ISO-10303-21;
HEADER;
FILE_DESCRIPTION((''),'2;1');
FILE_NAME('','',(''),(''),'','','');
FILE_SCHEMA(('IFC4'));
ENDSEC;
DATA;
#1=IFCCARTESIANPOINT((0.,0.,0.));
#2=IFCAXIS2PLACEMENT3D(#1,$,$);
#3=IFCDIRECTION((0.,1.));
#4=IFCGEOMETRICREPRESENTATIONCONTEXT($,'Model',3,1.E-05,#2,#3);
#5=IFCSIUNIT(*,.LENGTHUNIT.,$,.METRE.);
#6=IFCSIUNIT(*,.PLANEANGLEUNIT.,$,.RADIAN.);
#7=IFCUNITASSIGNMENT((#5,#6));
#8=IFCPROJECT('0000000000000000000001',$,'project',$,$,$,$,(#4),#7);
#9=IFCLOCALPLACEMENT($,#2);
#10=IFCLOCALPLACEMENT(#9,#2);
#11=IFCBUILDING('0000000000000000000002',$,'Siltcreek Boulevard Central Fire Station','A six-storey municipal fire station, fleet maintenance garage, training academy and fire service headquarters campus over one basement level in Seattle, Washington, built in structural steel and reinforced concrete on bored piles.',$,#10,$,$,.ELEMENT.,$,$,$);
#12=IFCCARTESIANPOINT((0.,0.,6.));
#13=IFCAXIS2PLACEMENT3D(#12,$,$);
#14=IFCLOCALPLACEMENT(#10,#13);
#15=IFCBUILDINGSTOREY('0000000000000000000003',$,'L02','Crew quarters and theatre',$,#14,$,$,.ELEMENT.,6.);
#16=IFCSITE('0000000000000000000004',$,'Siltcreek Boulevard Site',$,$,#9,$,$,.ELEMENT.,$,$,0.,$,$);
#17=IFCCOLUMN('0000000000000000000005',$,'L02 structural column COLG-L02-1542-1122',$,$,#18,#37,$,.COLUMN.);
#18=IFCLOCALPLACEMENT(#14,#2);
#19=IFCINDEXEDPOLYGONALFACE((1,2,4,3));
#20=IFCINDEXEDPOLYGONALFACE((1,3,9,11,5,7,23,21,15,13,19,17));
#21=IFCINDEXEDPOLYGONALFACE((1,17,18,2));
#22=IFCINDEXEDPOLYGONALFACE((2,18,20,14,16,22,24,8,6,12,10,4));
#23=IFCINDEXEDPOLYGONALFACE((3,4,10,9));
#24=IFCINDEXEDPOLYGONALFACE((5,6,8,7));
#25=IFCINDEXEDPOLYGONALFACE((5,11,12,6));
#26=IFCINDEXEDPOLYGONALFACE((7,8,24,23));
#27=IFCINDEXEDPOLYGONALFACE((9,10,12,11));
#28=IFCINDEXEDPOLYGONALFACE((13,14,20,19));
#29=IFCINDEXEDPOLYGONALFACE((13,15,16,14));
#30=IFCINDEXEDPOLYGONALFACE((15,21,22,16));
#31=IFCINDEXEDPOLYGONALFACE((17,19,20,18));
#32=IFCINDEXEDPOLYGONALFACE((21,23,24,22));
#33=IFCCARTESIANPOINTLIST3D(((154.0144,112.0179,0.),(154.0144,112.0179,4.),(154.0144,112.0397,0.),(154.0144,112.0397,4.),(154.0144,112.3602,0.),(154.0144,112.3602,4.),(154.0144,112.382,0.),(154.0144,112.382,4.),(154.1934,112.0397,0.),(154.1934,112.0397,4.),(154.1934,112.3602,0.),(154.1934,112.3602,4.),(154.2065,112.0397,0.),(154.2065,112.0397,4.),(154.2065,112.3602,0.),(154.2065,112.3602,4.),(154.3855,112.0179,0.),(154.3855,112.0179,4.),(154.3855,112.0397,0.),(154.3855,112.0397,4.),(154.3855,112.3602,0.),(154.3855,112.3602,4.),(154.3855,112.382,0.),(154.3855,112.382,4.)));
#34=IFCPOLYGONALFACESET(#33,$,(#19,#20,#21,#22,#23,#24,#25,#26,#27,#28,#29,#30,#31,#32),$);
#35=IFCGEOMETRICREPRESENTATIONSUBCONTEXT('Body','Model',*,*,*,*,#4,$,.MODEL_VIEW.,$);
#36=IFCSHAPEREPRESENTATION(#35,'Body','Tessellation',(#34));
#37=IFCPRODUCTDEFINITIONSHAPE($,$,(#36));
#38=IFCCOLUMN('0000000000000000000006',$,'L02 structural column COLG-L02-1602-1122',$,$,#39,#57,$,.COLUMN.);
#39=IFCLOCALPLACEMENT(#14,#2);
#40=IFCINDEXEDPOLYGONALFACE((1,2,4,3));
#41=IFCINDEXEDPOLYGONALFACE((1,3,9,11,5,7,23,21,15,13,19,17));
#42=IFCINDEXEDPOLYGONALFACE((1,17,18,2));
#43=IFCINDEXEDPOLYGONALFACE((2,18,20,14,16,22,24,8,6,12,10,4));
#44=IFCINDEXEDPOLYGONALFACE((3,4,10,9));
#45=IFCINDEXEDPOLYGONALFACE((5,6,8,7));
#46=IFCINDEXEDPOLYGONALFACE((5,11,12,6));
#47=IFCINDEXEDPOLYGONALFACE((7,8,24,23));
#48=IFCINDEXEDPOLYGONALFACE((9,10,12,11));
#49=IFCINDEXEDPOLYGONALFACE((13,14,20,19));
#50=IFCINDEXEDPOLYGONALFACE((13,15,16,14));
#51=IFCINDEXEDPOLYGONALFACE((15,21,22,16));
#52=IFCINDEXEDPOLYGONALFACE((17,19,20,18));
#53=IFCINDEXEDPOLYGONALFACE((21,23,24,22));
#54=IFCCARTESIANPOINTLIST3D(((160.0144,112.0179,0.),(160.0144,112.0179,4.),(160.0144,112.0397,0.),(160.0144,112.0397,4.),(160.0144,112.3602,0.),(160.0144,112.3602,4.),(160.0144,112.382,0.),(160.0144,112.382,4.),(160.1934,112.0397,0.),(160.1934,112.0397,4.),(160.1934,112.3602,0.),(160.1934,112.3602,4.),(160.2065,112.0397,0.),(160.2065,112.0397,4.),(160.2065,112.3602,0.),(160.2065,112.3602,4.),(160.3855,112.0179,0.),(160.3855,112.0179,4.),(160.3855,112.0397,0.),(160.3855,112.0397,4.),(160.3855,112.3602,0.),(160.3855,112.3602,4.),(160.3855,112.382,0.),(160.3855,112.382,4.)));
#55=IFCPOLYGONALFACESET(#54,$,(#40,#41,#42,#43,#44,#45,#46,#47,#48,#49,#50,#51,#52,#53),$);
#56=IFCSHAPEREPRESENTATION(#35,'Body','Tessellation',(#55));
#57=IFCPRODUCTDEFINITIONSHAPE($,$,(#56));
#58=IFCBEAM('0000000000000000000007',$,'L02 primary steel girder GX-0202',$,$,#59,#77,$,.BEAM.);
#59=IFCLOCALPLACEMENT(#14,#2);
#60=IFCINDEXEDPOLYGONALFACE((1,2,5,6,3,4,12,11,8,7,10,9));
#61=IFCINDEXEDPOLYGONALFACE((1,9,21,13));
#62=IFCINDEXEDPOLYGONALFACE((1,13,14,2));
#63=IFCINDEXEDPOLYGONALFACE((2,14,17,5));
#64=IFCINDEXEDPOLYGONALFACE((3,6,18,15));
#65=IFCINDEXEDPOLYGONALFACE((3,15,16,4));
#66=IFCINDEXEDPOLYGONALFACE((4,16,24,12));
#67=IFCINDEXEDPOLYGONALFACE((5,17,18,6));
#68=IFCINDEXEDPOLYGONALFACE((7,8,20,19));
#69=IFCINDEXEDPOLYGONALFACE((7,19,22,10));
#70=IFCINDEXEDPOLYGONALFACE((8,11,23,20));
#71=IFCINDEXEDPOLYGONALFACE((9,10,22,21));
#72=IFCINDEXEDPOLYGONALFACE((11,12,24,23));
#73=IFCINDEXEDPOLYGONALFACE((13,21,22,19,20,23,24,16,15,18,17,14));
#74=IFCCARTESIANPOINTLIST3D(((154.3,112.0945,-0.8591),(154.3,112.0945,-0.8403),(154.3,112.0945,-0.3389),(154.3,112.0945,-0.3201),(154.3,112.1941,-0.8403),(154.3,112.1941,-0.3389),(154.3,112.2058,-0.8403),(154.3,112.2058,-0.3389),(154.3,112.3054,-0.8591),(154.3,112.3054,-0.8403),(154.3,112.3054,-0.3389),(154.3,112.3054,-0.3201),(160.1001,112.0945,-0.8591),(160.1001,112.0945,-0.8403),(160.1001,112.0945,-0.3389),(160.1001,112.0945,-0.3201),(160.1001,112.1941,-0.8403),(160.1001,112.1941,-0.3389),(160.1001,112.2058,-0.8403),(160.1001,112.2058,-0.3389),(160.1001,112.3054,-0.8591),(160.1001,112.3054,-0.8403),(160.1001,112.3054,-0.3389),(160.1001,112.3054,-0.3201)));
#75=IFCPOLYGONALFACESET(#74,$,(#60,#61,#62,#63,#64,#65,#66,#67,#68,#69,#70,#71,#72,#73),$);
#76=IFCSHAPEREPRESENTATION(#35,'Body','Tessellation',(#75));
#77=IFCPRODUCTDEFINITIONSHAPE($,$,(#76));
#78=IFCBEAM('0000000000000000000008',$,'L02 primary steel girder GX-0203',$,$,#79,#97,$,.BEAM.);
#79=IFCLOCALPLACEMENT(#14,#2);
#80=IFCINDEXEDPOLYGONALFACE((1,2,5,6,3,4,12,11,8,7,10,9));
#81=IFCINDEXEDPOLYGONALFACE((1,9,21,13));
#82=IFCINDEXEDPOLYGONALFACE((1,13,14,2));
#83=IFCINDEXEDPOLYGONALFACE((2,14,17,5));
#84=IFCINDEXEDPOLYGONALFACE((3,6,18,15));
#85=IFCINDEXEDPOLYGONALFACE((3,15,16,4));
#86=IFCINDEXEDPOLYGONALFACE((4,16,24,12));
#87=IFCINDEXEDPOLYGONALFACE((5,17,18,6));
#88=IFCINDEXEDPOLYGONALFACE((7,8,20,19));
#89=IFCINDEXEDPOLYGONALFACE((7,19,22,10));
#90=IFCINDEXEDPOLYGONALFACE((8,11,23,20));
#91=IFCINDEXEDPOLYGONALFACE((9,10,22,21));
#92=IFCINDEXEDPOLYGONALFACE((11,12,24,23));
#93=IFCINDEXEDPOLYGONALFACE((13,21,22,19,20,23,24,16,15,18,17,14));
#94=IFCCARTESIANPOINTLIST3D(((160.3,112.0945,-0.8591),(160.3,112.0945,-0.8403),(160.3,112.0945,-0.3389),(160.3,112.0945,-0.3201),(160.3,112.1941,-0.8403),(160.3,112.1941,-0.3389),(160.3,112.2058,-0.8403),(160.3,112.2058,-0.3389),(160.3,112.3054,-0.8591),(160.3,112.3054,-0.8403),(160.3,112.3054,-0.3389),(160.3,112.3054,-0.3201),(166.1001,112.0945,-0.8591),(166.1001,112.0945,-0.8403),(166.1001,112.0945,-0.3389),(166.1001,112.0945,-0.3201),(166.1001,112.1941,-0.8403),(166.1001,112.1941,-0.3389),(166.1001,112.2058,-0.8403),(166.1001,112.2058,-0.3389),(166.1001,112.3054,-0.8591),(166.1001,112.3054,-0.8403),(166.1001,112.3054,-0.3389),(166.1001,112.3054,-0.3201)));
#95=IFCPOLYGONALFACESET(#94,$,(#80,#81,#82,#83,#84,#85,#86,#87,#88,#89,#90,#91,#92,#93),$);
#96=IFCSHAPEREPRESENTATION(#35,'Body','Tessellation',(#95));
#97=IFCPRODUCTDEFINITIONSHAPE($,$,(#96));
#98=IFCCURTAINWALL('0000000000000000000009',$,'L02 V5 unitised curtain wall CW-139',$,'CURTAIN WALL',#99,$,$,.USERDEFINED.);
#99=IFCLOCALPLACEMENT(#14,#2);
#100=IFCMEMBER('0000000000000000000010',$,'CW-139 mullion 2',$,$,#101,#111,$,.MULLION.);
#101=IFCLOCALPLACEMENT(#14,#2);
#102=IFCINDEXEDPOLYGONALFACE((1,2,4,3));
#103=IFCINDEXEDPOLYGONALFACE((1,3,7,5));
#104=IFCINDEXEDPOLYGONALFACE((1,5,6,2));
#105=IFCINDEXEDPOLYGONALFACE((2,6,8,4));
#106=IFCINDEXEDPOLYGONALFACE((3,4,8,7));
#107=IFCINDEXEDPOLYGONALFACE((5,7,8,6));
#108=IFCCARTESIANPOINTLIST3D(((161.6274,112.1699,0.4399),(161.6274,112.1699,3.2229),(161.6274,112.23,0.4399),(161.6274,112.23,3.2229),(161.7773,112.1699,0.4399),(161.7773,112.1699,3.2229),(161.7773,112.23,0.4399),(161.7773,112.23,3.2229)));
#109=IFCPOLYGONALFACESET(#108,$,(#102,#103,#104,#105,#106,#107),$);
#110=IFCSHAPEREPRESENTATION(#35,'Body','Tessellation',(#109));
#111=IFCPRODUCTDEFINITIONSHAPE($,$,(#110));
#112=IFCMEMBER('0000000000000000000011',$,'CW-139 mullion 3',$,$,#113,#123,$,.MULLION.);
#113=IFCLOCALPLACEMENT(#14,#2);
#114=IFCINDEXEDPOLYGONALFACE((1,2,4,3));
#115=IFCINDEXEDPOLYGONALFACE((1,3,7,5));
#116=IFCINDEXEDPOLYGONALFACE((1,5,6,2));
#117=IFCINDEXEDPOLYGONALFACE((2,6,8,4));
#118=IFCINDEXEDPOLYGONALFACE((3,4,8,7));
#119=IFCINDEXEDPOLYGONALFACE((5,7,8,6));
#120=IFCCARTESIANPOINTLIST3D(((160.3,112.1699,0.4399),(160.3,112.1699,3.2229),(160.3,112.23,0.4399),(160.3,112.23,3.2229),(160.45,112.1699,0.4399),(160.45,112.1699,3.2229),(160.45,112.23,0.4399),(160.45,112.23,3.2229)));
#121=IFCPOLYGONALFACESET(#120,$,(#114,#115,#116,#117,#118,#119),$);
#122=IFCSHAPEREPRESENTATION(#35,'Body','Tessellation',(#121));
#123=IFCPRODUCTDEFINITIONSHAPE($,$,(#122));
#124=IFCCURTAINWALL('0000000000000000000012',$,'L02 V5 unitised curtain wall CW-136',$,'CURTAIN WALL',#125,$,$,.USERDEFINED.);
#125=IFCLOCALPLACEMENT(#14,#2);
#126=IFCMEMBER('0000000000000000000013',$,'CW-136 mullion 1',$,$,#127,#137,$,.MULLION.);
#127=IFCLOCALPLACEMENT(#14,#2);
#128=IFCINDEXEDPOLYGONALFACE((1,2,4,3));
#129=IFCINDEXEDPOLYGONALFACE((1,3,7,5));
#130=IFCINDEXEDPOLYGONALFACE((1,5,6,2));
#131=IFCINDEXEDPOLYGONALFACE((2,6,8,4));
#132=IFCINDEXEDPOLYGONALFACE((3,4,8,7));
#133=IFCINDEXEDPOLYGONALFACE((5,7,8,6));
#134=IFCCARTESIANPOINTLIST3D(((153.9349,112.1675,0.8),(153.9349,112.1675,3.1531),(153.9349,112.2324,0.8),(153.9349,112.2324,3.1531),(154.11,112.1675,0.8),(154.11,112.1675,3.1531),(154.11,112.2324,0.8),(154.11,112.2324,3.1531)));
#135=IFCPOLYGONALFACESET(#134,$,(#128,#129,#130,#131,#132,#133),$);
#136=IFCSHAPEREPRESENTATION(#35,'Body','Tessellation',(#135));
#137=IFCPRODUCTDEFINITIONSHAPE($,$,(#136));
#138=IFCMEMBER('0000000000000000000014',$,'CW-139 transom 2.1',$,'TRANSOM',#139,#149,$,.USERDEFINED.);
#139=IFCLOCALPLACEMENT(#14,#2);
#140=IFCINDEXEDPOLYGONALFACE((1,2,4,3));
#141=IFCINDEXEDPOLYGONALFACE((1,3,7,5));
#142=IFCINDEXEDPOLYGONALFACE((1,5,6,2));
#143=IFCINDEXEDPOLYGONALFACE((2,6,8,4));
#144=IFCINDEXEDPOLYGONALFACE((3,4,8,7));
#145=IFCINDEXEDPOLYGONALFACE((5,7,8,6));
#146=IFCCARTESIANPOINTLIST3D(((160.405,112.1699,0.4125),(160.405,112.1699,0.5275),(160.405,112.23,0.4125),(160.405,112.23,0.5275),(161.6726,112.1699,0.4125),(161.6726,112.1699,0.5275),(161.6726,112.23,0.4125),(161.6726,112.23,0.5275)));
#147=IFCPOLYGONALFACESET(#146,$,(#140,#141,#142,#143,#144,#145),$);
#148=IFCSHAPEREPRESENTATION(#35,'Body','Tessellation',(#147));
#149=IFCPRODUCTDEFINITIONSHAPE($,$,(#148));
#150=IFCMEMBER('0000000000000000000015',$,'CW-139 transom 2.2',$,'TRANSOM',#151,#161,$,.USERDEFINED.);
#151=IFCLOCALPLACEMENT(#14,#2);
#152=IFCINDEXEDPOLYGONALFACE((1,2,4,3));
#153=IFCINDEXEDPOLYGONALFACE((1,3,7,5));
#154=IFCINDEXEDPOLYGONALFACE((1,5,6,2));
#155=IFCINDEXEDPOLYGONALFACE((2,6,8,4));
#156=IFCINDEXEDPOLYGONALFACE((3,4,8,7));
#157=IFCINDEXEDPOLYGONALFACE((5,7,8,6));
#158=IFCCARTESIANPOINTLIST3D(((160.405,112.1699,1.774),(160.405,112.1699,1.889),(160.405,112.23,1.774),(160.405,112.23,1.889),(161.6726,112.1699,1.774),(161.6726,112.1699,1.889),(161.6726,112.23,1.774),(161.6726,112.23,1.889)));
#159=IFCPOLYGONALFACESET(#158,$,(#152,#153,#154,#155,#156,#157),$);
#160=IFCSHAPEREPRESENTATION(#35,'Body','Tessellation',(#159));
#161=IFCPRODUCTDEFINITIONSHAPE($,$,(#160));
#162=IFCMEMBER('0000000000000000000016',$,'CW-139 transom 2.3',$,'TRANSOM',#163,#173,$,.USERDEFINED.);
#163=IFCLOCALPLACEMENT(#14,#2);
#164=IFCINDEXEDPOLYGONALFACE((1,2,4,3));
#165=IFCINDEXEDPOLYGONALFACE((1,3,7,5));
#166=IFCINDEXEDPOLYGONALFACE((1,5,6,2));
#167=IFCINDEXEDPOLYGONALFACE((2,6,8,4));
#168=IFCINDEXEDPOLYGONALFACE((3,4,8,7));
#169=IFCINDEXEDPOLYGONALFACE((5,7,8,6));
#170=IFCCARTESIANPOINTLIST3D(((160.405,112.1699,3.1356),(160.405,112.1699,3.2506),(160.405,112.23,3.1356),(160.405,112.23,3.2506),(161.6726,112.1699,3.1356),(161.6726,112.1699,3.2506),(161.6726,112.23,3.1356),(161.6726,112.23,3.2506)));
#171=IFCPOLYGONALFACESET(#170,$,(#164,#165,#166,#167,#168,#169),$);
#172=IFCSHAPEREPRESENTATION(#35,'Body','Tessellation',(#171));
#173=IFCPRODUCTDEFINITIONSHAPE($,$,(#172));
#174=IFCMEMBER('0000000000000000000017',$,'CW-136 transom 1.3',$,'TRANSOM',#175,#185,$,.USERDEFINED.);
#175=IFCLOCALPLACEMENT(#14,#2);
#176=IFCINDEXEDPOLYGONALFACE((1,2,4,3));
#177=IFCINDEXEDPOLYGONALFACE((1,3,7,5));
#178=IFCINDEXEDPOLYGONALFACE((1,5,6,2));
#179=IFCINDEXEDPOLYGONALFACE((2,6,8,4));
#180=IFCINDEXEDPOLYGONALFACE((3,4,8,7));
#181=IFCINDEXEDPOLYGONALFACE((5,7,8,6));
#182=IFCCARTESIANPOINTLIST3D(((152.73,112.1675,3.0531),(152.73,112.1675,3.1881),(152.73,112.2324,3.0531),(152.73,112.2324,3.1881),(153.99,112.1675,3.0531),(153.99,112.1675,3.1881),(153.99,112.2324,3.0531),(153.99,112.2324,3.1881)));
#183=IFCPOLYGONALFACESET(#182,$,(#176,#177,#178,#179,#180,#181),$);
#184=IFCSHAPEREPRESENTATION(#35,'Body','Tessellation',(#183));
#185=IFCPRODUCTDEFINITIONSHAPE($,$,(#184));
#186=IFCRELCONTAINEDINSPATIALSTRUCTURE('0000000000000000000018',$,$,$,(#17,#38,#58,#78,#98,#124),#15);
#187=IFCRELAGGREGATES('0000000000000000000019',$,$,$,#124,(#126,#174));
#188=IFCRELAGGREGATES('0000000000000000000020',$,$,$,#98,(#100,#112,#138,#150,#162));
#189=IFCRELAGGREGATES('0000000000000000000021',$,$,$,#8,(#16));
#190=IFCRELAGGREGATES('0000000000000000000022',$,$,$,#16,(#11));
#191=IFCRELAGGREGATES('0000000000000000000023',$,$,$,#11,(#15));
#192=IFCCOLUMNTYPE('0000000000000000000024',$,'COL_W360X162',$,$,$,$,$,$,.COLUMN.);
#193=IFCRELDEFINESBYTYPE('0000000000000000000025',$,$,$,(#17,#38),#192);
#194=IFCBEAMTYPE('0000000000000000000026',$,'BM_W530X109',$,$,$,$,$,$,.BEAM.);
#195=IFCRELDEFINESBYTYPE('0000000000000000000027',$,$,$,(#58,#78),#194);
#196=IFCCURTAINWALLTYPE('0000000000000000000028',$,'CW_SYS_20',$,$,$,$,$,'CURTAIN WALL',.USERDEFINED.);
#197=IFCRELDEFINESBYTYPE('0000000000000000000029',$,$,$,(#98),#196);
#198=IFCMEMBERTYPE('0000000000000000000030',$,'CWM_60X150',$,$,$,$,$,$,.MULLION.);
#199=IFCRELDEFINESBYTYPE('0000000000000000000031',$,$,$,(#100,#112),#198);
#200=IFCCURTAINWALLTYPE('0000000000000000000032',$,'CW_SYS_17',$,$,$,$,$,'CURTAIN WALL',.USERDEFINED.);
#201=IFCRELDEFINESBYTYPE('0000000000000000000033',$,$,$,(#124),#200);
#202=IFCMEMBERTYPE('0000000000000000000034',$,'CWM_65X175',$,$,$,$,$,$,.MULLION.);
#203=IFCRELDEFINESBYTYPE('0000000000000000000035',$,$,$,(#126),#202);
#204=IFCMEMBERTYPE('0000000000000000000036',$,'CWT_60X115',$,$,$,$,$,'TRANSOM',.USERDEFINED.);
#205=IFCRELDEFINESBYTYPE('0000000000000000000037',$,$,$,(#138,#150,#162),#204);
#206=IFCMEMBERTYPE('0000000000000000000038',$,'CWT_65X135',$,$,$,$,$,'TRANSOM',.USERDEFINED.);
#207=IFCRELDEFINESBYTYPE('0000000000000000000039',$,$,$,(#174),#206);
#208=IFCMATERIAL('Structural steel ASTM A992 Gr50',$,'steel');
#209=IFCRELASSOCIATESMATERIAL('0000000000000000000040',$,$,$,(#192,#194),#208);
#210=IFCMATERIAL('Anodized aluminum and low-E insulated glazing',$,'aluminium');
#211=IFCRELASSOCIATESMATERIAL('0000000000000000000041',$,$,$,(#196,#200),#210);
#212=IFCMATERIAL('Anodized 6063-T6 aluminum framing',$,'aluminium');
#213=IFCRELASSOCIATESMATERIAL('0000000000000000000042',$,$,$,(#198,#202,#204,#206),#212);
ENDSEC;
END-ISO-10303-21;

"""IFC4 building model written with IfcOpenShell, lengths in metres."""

from ifc_helpers import new_model, si_unit, direction, frame, origin, origin_2d, place, context, subcontext, project, spatial, rectangle, i_section, extrude, material, material_profile, profile_set, type_object, element, aggregate, save


model = new_model("IFC4")

# Units and contexts
model_context = context("Model", 3, precision=1e-05, world=origin(), true_north=direction((0.0, 1.0)))
body_context = subcontext(model_context, "Body", "Model", "MODEL_VIEW")
ifc_project = project(units=[si_unit("LENGTHUNIT", "METRE"), si_unit("PLANEANGLEUNIT", "RADIAN")], contexts=[model_context])

# Site, building, storey
site_placement = place(None, origin())
site = spatial("IfcSite", under=ifc_project, at=site_placement, Name="Siltcreek Boulevard Site", CompositionType="ELEMENT", RefElevation=0.0)
building_placement = place(site_placement, origin())
building = spatial("IfcBuilding", under=site, at=building_placement, Name="Siltcreek Boulevard Central Fire Station", Description="A six-storey municipal fire station, fleet maintenance garage, training academy and fire service headquarters campus over one basement level in Seattle, Washington, built in structural steel and reinforced concrete on bored piles.", CompositionType="ELEMENT")
storey_placement = place(building_placement, frame((0.0, 0.0, 6.0)))
storey = spatial("IfcBuildingStorey", under=building, at=storey_placement, Name="L02", Description="Crew quarters and theatre", CompositionType="ELEMENT", Elevation=6.0)

# Columns
ifc_material_1 = material(Name="Structural steel ASTM A992 Gr50", Category="steel")
ifc_material_profile_1 = material_profile(ifc_material_1, i_section(OverallWidth=0.3711, OverallDepth=0.364, WebThickness=0.0132, FlangeThickness=0.0217, at=origin_2d()), Name="W360X162")
ifc_profile_set_1 = profile_set([ifc_material_profile_1], Name="Structural steel ASTM A992 Gr50")
column_type = type_object("IfcColumnType", Name="COL_W360X162", PredefinedType="COLUMN", material=ifc_profile_set_1)
for number, where, z_axis, x_axis, name in (
    (1, (154.2, 112.2, 0.0), (0.0, 0.0, 1.0), (1.0, 0.0, 0.0), "L02 structural column COLG-L02-1542-1122"),
    (2, (160.2, 112.2, 0.0), (0.0, 0.0, 1.0), (1.0, 0.0, 0.0), "L02 structural column COLG-L02-1602-1122"),
):
    element("IfcColumn", number, at=place(storey_placement, frame(where, z_axis=z_axis, x_axis=x_axis)), inside=storey, type_object=column_type, Name=name, PredefinedType="COLUMN", context=body_context, shape_type="SweptSolid", body=[
        extrude(i_section(OverallWidth=0.3711, OverallDepth=0.364, WebThickness=0.0132, FlangeThickness=0.0217, at=origin_2d()), origin(), (0.0, 0.0, 1.0), 4.0),
    ])

# Beams
ifc_material_profile_2 = material_profile(ifc_material_1, i_section(OverallWidth=0.2109, OverallDepth=0.5391, WebThickness=0.0117, FlangeThickness=0.0188, at=origin_2d()), Name="W530X109")
ifc_profile_set_2 = profile_set([ifc_material_profile_2], Name="Structural steel ASTM A992 Gr50")
beam_type_1 = type_object("IfcBeamType", Name="BM_W530X109", PredefinedType="BEAM", material=ifc_profile_set_2)
for number, where, z_axis, x_axis, name in (
    (3, (154.3, 112.2, -0.5896), (1.0, 0.0, 0.0), (0.0, 1.0, 0.0), "L02 primary steel girder GX-0202"),
    (4, (160.3, 112.2, -0.5896), (1.0, 0.0, 0.0), (0.0, 1.0, 0.0), "L02 primary steel girder GX-0203"),
):
    element("IfcBeam", number, at=place(storey_placement, frame(where, z_axis=z_axis, x_axis=x_axis)), inside=storey, type_object=beam_type_1, Name=name, PredefinedType="BEAM", context=body_context, shape_type="SweptSolid", body=[
        extrude(i_section(OverallWidth=0.2109, OverallDepth=0.5391, WebThickness=0.0117, FlangeThickness=0.0188, at=origin_2d()), origin(), (0.0, 0.0, 1.0), 5.8),
    ])

# Curtain wall, members
ifc_material_2 = material(Name="Anodized aluminum and low-E insulated glazing", Category="aluminium")
curtain_wall_type_1 = type_object("IfcCurtainWallType", Name="CW_SYS_20", ElementType="CURTAIN WALL", PredefinedType="USERDEFINED", material=ifc_material_2)
curtain_wall_1_placement = place(storey_placement, origin())
curtain_wall_1 = element("IfcCurtainWall", 5, at=curtain_wall_1_placement, inside=storey, type_object=curtain_wall_type_1, Name="L02 V5 unitised curtain wall CW-139", ObjectType="CURTAIN WALL", PredefinedType="USERDEFINED")
ifc_material_3 = material(Name="Anodized 6063-T6 aluminum framing", Category="aluminium")
ifc_material_profile_3 = material_profile(ifc_material_3, rectangle(XDim=0.0601, YDim=0.1499, at=origin_2d()), Name="MULL60X150")
ifc_profile_set_3 = profile_set([ifc_material_profile_3], Name="Anodized 6063-T6 aluminum framing")
member_type_1 = type_object("IfcMemberType", Name="CWM_60X150", PredefinedType="MULLION", material=ifc_profile_set_3)
member_1_placement = place(storey_placement, frame((161.7024, 112.2, 0.4399), z_axis=(0.0, 0.0, 1.0), x_axis=(0.0, -1.0, 0.0)))
member_1 = element("IfcMember", 6, at=member_1_placement, type_object=member_type_1, Name="CW-139 mullion 2", PredefinedType="MULLION", context=body_context, shape_type="SweptSolid", body=[
    extrude(rectangle(XDim=0.0601, YDim=0.1499, at=origin_2d()), origin(), (0.0, 0.0, 1.0), 2.783),
])
member_2_placement = place(storey_placement, frame((160.375, 112.2, 0.4399), z_axis=(0.0, 0.0, 1.0), x_axis=(0.0, -1.0, 0.0)))
member_2 = element("IfcMember", 7, at=member_2_placement, type_object=member_type_1, Name="CW-139 mullion 3", PredefinedType="MULLION", context=body_context, shape_type="SweptSolid", body=[
    extrude(rectangle(XDim=0.0601, YDim=0.1499, at=origin_2d()), origin(), (0.0, 0.0, 1.0), 2.783),
])

# Curtain wall, member
curtain_wall_type_2 = type_object("IfcCurtainWallType", Name="CW_SYS_17", ElementType="CURTAIN WALL", PredefinedType="USERDEFINED", material=ifc_material_2)
curtain_wall_2_placement = place(storey_placement, origin())
curtain_wall_2 = element("IfcCurtainWall", 8, at=curtain_wall_2_placement, inside=storey, type_object=curtain_wall_type_2, Name="L02 V5 unitised curtain wall CW-136", ObjectType="CURTAIN WALL", PredefinedType="USERDEFINED")
ifc_material_profile_4 = material_profile(ifc_material_3, rectangle(XDim=0.0649, YDim=0.175, at=origin_2d()), Name="MULL65X175")
ifc_profile_set_4 = profile_set([ifc_material_profile_4], Name="Anodized 6063-T6 aluminum framing")
member_type_2 = type_object("IfcMemberType", Name="CWM_65X175", PredefinedType="MULLION", material=ifc_profile_set_4)
member_3_placement = place(storey_placement, frame((154.0225, 112.2, 0.8), z_axis=(0.0, 0.0, 1.0), x_axis=(0.0, -1.0, 0.0)))
member_3 = element("IfcMember", 9, at=member_3_placement, type_object=member_type_2, Name="CW-136 mullion 1", PredefinedType="MULLION", context=body_context, shape_type="SweptSolid", body=[
    extrude(rectangle(XDim=0.0649, YDim=0.175, at=origin_2d()), origin(), (0.0, 0.0, 1.0), 2.353),
])

# Members
ifc_material_profile_5 = material_profile(ifc_material_3, rectangle(XDim=0.0601, YDim=0.115, at=origin_2d()), Name="TRAN60X115")
ifc_profile_set_5 = profile_set([ifc_material_profile_5], Name="Anodized 6063-T6 aluminum framing")
member_type_3 = type_object("IfcMemberType", Name="CWT_60X115", ElementType="TRANSOM", PredefinedType="USERDEFINED", material=ifc_profile_set_5)
member_4_placement = place(storey_placement, frame((161.6726, 112.2, 0.47), z_axis=(-1.0, 0.0, 0.0), x_axis=(0.0, -1.0, 0.0)))
member_4 = element("IfcMember", 10, at=member_4_placement, type_object=member_type_3, Name="CW-139 transom 2.1", ObjectType="TRANSOM", PredefinedType="USERDEFINED", context=body_context, shape_type="SweptSolid", body=[
    extrude(rectangle(XDim=0.0601, YDim=0.115, at=origin_2d()), origin(), (0.0, 0.0, 1.0), 1.2676),
])
member_5_placement = place(storey_placement, frame((161.6726, 112.2, 1.8315), z_axis=(-1.0, 0.0, 0.0), x_axis=(0.0, -1.0, 0.0)))
member_5 = element("IfcMember", 11, at=member_5_placement, type_object=member_type_3, Name="CW-139 transom 2.2", ObjectType="TRANSOM", PredefinedType="USERDEFINED", context=body_context, shape_type="SweptSolid", body=[
    extrude(rectangle(XDim=0.0601, YDim=0.115, at=origin_2d()), origin(), (0.0, 0.0, 1.0), 1.2676),
])
member_6_placement = place(storey_placement, frame((161.6726, 112.2, 3.1931), z_axis=(-1.0, 0.0, 0.0), x_axis=(0.0, -1.0, 0.0)))
member_6 = element("IfcMember", 12, at=member_6_placement, type_object=member_type_3, Name="CW-139 transom 2.3", ObjectType="TRANSOM", PredefinedType="USERDEFINED", context=body_context, shape_type="SweptSolid", body=[
    extrude(rectangle(XDim=0.0601, YDim=0.115, at=origin_2d()), origin(), (0.0, 0.0, 1.0), 1.2676),
])
ifc_material_profile_6 = material_profile(ifc_material_3, rectangle(XDim=0.0649, YDim=0.135, at=origin_2d()), Name="TRAN65X135")
ifc_profile_set_6 = profile_set([ifc_material_profile_6], Name="Anodized 6063-T6 aluminum framing")
member_type_4 = type_object("IfcMemberType", Name="CWT_65X135", ElementType="TRANSOM", PredefinedType="USERDEFINED", material=ifc_profile_set_6)
member_7_placement = place(storey_placement, frame((153.99, 112.2, 3.1206), z_axis=(-1.0, 0.0, 0.0), x_axis=(0.0, -1.0, 0.0)))
member_7 = element("IfcMember", 13, at=member_7_placement, type_object=member_type_4, Name="CW-136 transom 1.3", ObjectType="TRANSOM", PredefinedType="USERDEFINED", context=body_context, shape_type="SweptSolid", body=[
    extrude(rectangle(XDim=0.0649, YDim=0.135, at=origin_2d()), origin(), (0.0, 0.0, 1.0), 1.26),
])
aggregate(curtain_wall_2, [member_3, member_7])

aggregate(curtain_wall_1, [member_1, member_2, member_4, member_5, member_6])

save(model, "model.ifc")
